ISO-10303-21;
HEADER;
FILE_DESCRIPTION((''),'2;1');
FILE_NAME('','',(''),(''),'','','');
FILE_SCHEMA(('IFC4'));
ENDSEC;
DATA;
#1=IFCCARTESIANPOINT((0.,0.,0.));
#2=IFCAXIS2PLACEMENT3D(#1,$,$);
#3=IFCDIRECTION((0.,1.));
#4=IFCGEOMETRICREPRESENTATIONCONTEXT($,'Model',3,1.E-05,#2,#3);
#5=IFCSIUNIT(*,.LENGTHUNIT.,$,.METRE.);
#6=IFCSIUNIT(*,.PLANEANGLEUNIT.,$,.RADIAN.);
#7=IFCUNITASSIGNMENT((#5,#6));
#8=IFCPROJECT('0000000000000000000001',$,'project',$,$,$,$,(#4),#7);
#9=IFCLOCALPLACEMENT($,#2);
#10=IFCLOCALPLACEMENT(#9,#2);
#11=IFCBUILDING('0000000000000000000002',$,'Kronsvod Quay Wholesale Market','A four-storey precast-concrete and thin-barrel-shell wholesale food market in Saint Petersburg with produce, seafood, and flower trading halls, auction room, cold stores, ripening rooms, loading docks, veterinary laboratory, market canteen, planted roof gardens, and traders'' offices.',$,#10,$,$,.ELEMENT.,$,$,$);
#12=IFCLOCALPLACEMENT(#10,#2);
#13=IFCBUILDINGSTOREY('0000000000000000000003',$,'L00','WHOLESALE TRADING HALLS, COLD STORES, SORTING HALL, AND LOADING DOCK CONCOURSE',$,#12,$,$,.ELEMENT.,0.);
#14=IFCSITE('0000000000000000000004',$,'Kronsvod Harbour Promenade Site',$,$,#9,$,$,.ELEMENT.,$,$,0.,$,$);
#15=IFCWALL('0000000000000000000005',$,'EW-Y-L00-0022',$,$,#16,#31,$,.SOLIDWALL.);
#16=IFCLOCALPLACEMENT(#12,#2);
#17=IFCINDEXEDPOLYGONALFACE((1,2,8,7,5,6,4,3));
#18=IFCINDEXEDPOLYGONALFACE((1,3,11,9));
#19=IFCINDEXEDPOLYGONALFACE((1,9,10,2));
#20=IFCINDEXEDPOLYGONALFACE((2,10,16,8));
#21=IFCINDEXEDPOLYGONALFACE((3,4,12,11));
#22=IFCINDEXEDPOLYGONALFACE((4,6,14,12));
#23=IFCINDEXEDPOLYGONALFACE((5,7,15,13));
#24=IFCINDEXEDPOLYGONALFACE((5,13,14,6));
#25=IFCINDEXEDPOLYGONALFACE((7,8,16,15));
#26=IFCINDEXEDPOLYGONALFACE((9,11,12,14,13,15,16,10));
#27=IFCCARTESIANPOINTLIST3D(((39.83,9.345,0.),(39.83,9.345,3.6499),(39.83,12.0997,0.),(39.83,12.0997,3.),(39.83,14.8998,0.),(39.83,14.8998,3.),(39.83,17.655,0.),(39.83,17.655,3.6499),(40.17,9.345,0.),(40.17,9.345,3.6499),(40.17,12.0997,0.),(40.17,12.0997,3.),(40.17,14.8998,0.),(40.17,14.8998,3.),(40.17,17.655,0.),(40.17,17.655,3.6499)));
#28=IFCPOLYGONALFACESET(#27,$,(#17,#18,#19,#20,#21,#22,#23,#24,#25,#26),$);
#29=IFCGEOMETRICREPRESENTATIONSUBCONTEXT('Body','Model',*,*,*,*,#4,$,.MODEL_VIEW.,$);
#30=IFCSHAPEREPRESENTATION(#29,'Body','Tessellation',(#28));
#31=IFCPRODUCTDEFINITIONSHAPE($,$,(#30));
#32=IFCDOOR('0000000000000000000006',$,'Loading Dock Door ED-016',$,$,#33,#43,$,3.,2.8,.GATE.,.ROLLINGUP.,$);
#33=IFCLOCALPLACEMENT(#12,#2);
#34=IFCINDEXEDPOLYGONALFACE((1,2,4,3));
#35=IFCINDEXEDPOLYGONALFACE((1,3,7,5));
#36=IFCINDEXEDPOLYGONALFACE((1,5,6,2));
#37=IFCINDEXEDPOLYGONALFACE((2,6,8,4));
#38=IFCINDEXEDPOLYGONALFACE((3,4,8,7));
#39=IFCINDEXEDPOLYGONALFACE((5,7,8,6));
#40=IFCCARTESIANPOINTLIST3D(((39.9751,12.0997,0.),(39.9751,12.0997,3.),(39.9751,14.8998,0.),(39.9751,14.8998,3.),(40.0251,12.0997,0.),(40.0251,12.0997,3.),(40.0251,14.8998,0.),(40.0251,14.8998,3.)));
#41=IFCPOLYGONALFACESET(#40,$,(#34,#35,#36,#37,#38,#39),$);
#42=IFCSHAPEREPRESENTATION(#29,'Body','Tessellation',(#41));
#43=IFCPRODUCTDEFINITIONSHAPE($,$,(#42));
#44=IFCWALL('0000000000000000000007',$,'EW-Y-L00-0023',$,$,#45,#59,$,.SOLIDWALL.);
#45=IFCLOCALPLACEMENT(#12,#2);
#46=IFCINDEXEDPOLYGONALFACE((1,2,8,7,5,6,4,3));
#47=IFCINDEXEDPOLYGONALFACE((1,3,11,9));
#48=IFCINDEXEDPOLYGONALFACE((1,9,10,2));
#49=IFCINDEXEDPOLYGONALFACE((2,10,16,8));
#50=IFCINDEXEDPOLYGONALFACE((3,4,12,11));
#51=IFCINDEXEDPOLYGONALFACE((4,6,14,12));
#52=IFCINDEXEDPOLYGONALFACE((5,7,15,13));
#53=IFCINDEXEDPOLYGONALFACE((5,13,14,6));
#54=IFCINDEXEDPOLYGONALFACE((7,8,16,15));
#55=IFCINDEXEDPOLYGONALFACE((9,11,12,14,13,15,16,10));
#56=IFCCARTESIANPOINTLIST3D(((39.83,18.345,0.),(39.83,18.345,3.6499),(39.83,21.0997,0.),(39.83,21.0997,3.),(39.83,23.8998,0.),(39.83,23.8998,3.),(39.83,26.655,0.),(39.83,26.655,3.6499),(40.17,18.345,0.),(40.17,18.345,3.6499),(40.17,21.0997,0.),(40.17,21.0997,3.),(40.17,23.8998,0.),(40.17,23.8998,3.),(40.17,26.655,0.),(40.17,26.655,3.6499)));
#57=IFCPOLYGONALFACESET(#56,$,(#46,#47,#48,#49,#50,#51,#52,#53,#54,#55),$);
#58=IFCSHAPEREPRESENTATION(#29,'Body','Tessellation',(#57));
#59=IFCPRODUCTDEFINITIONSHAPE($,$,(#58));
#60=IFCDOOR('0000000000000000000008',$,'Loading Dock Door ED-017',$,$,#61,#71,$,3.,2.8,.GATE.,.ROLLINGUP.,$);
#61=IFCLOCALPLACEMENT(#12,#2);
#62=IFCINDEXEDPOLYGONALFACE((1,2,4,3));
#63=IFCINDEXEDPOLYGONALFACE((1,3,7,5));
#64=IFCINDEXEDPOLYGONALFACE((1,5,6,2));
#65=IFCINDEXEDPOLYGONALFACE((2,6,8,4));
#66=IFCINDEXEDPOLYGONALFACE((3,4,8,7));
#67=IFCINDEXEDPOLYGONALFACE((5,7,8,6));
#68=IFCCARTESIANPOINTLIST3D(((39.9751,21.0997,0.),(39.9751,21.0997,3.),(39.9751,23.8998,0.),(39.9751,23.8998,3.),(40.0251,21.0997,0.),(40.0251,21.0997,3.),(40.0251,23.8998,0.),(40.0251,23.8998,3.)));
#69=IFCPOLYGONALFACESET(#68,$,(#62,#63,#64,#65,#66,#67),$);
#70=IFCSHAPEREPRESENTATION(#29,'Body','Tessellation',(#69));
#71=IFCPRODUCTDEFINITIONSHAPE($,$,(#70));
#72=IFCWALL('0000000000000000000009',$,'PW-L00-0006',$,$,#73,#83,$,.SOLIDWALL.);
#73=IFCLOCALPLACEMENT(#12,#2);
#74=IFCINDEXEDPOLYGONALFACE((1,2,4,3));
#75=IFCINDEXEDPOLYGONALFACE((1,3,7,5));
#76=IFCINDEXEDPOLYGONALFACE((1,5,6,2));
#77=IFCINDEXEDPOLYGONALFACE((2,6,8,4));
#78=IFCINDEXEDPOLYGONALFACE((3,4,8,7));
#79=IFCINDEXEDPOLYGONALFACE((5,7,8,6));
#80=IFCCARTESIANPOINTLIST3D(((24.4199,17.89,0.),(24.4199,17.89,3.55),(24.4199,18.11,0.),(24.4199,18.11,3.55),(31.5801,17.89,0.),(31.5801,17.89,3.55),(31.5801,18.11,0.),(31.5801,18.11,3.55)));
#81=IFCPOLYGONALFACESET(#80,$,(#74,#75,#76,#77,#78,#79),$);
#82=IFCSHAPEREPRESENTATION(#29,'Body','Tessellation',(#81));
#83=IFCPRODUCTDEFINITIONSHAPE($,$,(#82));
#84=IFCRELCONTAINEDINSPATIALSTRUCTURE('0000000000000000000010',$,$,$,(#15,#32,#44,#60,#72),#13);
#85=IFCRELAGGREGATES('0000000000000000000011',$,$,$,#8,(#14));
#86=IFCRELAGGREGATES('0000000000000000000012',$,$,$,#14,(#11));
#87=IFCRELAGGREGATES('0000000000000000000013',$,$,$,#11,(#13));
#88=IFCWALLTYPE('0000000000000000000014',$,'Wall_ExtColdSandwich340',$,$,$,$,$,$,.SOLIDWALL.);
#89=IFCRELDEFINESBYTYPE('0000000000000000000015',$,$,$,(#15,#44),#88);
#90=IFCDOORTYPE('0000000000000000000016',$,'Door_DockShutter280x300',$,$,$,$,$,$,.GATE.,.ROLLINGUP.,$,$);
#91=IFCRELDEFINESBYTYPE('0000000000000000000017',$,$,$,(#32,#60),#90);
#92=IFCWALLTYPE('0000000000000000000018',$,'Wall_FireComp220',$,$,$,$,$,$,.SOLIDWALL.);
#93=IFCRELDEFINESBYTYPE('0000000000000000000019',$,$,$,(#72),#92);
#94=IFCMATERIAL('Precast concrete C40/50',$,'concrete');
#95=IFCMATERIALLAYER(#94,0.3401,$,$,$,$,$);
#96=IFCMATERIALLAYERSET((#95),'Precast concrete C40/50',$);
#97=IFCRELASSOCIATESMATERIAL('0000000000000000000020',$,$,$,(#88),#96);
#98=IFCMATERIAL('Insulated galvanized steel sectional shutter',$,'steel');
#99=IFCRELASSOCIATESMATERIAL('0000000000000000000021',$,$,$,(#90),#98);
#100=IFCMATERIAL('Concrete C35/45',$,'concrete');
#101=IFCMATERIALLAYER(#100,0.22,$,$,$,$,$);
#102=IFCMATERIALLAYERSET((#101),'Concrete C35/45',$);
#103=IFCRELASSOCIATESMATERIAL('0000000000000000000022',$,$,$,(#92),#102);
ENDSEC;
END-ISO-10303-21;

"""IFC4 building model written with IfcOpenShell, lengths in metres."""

from ifc_helpers import new_model, si_unit, direction, frame, frame_2d, origin, place, context, subcontext, project, spatial, rectangle, extrude, material, layer, layer_set, type_object, element, fill, save


model = new_model("IFC4")

# Units and contexts
model_context = context("Model", 3, precision=1e-05, world=origin(), true_north=direction((0.0, 1.0)))
body_context = subcontext(model_context, "Body", "Model", "MODEL_VIEW")
ifc_project = project(units=[si_unit("LENGTHUNIT", "METRE"), si_unit("PLANEANGLEUNIT", "RADIAN")], contexts=[model_context])

# Site, building, storey
site_placement = place(None, origin())
site = spatial("IfcSite", under=ifc_project, at=site_placement, Name="Kronsvod Harbour Promenade Site", CompositionType="ELEMENT", RefElevation=0.0)
building_placement = place(site_placement, origin())
building = spatial("IfcBuilding", under=site, at=building_placement, Name="Kronsvod Quay Wholesale Market", Description="A four-storey precast-concrete and thin-barrel-shell wholesale food market in Saint Petersburg with produce, seafood, and flower trading halls, auction room, cold stores, ripening rooms, loading docks, veterinary laboratory, market canteen, planted roof gardens, and traders' offices.", CompositionType="ELEMENT")
storey_placement = place(building_placement, origin())
storey = spatial("IfcBuildingStorey", under=building, at=storey_placement, Name="L00", Description="WHOLESALE TRADING HALLS, COLD STORES, SORTING HALL, AND LOADING DOCK CONCOURSE", CompositionType="ELEMENT", Elevation=0.0)

# Walls, openings, doors
ifc_material_1 = material(Name="Precast concrete C40/50", Category="concrete")
ifc_layer_1 = layer(ifc_material_1, 0.3401)
ifc_layer_set_1 = layer_set([ifc_layer_1], Name="Precast concrete C40/50")
wall_type_1 = type_object("IfcWallType", Name="Wall_ExtColdSandwich340", PredefinedType="SOLIDWALL", material=ifc_layer_set_1)
wall_1_placement = place(storey_placement, frame((40.0, 9.345, 0.0), z_axis=(0.0, 0.0, 1.0), x_axis=(0.0, 1.0, 0.0)))
wall_1 = element("IfcWall", 1, at=wall_1_placement, inside=storey, type_object=wall_type_1, Name="EW-Y-L00-0022", PredefinedType="SOLIDWALL", context=body_context, shape_type="SweptSolid", body=[
    extrude(rectangle(XDim=8.3101, YDim=0.3401, at=frame_2d((4.155, 0.0))), origin(), (0.0, 0.0, 1.0), 3.6499),
])
opening_1_placement = place(wall_1_placement, frame((2.7549, 0.0, 0.0)))
opening_1 = element("IfcOpeningElement", 2, at=opening_1_placement, cuts=wall_1, PredefinedType="OPENING", context=body_context, shape_type="SweptSolid", body=[
    extrude(rectangle(XDim=2.8, YDim=3.0, at=frame_2d((1.3999, 1.5))), frame((0.0, 0.1802, 0.0), z_axis=(0.0, -1.0, 0.0), x_axis=(1.0, 0.0, 0.0)), (0.0, 0.0, 1.0), 0.3601),
])
ifc_material_2 = material(Name="Insulated galvanized steel sectional shutter", Category="steel")
door_type_1 = type_object("IfcDoorType", Name="Door_DockShutter280x300", OperationType="ROLLINGUP", PredefinedType="GATE", material=ifc_material_2)
door_1_placement = place(opening_1_placement, origin())
door_1 = element("IfcDoor", 3, at=door_1_placement, inside=storey, type_object=door_type_1, Name="Loading Dock Door ED-016", OperationType="ROLLINGUP", OverallHeight=3.0, OverallWidth=2.8, PredefinedType="GATE", context=body_context, shape_type="SweptSolid", body=[
    extrude(rectangle(XDim=2.8, YDim=3.0, at=frame_2d((1.3999, 1.5))), frame((0.0, 0.0249, 0.0), z_axis=(0.0, -1.0, 0.0), x_axis=(1.0, 0.0, 0.0)), (0.0, 0.0, 1.0), 0.05),
])
fill(opening_1, door_1)
wall_2_placement = place(storey_placement, frame((40.0, 18.345, 0.0), z_axis=(0.0, 0.0, 1.0), x_axis=(0.0, 1.0, 0.0)))
wall_2 = element("IfcWall", 4, at=wall_2_placement, inside=storey, type_object=wall_type_1, Name="EW-Y-L00-0023", PredefinedType="SOLIDWALL", context=body_context, shape_type="SweptSolid", body=[
    extrude(rectangle(XDim=8.3101, YDim=0.3401, at=frame_2d((4.155, 0.0))), origin(), (0.0, 0.0, 1.0), 3.6499),
])
opening_2_placement = place(wall_2_placement, frame((2.7549, 0.0, 0.0)))
opening_2 = element("IfcOpeningElement", 5, at=opening_2_placement, cuts=wall_2, PredefinedType="OPENING", context=body_context, shape_type="SweptSolid", body=[
    extrude(rectangle(XDim=2.8, YDim=3.0, at=frame_2d((1.3999, 1.5))), frame((0.0, 0.1802, 0.0), z_axis=(0.0, -1.0, 0.0), x_axis=(1.0, 0.0, 0.0)), (0.0, 0.0, 1.0), 0.3601),
])
door_2_placement = place(opening_2_placement, origin())
door_2 = element("IfcDoor", 6, at=door_2_placement, inside=storey, type_object=door_type_1, Name="Loading Dock Door ED-017", OperationType="ROLLINGUP", OverallHeight=3.0, OverallWidth=2.8, PredefinedType="GATE", context=body_context, shape_type="SweptSolid", body=[
    extrude(rectangle(XDim=2.8, YDim=3.0, at=frame_2d((1.3999, 1.5))), frame((0.0, 0.0249, 0.0), z_axis=(0.0, -1.0, 0.0), x_axis=(1.0, 0.0, 0.0)), (0.0, 0.0, 1.0), 0.05),
])
fill(opening_2, door_2)

# Wall
ifc_material_3 = material(Name="Concrete C35/45", Category="concrete")
ifc_layer_2 = layer(ifc_material_3, 0.22)
ifc_layer_set_2 = layer_set([ifc_layer_2], Name="Concrete C35/45")
wall_type_2 = type_object("IfcWallType", Name="Wall_FireComp220", PredefinedType="SOLIDWALL", material=ifc_layer_set_2)
wall_3_placement = place(storey_placement, frame((24.4199, 18.0, 0.0), z_axis=(0.0, 0.0, 1.0), x_axis=(1.0, 0.0, 0.0)))
element("IfcWall", 7, at=wall_3_placement, inside=storey, type_object=wall_type_2, Name="PW-L00-0006", PredefinedType="SOLIDWALL", context=body_context, shape_type="SweptSolid", body=[
    extrude(rectangle(XDim=7.1602, YDim=0.22, at=frame_2d((3.5801, 0.0))), origin(), (0.0, 0.0, 1.0), 3.55),
])

save(model, "model.ifc")
